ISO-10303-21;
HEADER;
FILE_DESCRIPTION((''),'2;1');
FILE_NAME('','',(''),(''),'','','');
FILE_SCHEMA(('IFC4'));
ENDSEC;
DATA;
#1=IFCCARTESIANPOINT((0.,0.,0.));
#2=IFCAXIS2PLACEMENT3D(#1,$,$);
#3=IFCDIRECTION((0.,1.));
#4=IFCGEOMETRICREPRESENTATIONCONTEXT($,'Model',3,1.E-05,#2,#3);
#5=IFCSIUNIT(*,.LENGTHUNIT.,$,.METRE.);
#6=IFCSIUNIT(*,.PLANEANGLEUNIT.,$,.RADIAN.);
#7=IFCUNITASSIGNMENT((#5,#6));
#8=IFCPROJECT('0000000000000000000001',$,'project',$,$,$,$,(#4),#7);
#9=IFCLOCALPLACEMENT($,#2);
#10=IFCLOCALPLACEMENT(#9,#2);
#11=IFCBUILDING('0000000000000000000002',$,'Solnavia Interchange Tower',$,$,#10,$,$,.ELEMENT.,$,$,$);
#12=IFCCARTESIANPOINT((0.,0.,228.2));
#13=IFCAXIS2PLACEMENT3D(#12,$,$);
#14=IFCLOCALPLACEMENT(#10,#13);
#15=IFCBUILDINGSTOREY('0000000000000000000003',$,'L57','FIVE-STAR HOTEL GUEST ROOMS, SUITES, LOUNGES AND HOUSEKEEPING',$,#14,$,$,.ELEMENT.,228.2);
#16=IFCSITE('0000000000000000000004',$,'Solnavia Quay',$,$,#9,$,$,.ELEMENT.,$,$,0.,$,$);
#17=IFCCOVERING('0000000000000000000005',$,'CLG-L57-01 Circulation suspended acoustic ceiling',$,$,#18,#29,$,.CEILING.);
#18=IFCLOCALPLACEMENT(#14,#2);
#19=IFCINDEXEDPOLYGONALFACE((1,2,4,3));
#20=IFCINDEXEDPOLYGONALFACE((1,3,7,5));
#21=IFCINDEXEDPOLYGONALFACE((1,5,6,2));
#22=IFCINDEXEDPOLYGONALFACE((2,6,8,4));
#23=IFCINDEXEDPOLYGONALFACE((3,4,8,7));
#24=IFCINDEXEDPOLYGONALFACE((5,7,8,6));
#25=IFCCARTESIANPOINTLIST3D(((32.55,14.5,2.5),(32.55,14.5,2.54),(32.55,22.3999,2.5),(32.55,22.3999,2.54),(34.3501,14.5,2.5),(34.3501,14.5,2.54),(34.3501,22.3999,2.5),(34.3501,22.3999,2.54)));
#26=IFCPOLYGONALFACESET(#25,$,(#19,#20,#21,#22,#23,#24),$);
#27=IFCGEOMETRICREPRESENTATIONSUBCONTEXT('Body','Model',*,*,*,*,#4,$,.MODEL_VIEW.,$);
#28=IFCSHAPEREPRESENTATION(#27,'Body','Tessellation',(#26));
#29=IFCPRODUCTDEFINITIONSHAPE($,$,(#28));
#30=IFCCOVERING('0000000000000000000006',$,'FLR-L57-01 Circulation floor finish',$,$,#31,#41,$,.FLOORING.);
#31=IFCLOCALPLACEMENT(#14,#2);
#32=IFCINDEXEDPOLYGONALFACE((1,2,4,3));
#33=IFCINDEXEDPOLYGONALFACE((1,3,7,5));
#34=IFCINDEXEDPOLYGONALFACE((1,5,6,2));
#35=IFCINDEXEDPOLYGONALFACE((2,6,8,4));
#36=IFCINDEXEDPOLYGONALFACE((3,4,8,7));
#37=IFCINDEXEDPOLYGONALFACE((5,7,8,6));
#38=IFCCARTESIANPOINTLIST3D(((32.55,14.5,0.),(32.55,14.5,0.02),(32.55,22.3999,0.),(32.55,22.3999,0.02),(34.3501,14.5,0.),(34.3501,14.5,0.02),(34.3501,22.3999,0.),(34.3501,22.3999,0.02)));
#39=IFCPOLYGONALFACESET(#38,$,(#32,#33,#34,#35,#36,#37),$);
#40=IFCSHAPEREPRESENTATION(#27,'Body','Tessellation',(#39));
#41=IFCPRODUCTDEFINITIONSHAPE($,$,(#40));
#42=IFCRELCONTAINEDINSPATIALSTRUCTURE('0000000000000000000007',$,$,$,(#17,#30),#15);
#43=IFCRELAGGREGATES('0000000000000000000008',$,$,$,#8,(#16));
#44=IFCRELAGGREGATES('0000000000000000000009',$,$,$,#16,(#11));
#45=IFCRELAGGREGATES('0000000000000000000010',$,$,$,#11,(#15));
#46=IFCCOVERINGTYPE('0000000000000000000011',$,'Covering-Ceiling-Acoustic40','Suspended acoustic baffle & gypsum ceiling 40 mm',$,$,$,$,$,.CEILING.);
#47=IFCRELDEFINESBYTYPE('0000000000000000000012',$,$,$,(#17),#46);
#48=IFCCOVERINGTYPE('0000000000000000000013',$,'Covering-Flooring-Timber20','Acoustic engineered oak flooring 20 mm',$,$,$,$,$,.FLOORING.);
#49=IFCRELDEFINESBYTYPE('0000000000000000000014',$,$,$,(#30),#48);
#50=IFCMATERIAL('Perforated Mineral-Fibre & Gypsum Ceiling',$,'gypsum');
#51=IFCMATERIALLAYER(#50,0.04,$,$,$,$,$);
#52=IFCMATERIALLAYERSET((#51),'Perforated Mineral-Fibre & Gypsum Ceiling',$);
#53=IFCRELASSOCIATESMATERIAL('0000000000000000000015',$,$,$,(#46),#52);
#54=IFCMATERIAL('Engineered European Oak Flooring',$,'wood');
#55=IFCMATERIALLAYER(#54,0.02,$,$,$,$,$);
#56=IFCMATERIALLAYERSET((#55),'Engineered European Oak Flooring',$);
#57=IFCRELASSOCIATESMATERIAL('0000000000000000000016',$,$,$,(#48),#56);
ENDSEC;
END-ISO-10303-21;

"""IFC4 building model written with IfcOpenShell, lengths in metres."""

from ifc_helpers import new_model, si_unit, direction, frame, origin, place, context, subcontext, project, spatial, polyline, outline, extrude, material, layer, layer_set, type_object, element, save


model = new_model("IFC4")

# Units and contexts
model_context = context("Model", 3, precision=1e-05, world=origin(), true_north=direction((0.0, 1.0)))
body_context = subcontext(model_context, "Body", "Model", "MODEL_VIEW")
ifc_project = project(units=[si_unit("LENGTHUNIT", "METRE"), si_unit("PLANEANGLEUNIT", "RADIAN")], contexts=[model_context])

# Site, building, storey
site_placement = place(None, origin())
site = spatial("IfcSite", under=ifc_project, at=site_placement, Name="Solnavia Quay", CompositionType="ELEMENT", RefElevation=0.0)
building_placement = place(site_placement, origin())
building = spatial("IfcBuilding", under=site, at=building_placement, Name="Solnavia Interchange Tower", CompositionType="ELEMENT")
storey_placement = place(building_placement, frame((0.0, 0.0, 228.2)))
storey = spatial("IfcBuildingStorey", under=building, at=storey_placement, Name="L57", Description="FIVE-STAR HOTEL GUEST ROOMS, SUITES, LOUNGES AND HOUSEKEEPING", CompositionType="ELEMENT", Elevation=228.2)

# Coverings
ifc_material_1 = material(Name="Perforated Mineral-Fibre & Gypsum Ceiling", Category="gypsum")
ifc_layer_1 = layer(ifc_material_1, 0.04)
ifc_layer_set_1 = layer_set([ifc_layer_1], Name="Perforated Mineral-Fibre & Gypsum Ceiling")
covering_type_1 = type_object("IfcCoveringType", Name="Covering-Ceiling-Acoustic40", Description="Suspended acoustic baffle & gypsum ceiling 40 mm", PredefinedType="CEILING", material=ifc_layer_set_1)
covering_1_placement = place(storey_placement, frame((0.0, 0.0, 2.5)))
element("IfcCovering", 1, at=covering_1_placement, inside=storey, type_object=covering_type_1, Name="CLG-L57-01 Circulation suspended acoustic ceiling", PredefinedType="CEILING", context=body_context, shape_type="SweptSolid", body=[
    extrude(outline(polyline([(32.55, 14.5), (34.3501, 14.5), (34.3501, 22.3999), (32.55, 22.3999), (32.55, 14.5)])), origin(), (0.0, 0.0, 1.0), 0.04),
])
ifc_material_2 = material(Name="Engineered European Oak Flooring", Category="wood")
ifc_layer_2 = layer(ifc_material_2, 0.02)
ifc_layer_set_2 = layer_set([ifc_layer_2], Name="Engineered European Oak Flooring")
covering_type_2 = type_object("IfcCoveringType", Name="Covering-Flooring-Timber20", Description="Acoustic engineered oak flooring 20 mm", PredefinedType="FLOORING", material=ifc_layer_set_2)
covering_2_placement = place(storey_placement, origin())
element("IfcCovering", 2, at=covering_2_placement, inside=storey, type_object=covering_type_2, Name="FLR-L57-01 Circulation floor finish", PredefinedType="FLOORING", context=body_context, shape_type="SweptSolid", body=[
    extrude(outline(polyline([(32.55, 14.5), (34.3501, 14.5), (34.3501, 22.3999), (32.55, 22.3999), (32.55, 14.5)])), origin(), (0.0, 0.0, 1.0), 0.02),
])

save(model, "model.ifc")
